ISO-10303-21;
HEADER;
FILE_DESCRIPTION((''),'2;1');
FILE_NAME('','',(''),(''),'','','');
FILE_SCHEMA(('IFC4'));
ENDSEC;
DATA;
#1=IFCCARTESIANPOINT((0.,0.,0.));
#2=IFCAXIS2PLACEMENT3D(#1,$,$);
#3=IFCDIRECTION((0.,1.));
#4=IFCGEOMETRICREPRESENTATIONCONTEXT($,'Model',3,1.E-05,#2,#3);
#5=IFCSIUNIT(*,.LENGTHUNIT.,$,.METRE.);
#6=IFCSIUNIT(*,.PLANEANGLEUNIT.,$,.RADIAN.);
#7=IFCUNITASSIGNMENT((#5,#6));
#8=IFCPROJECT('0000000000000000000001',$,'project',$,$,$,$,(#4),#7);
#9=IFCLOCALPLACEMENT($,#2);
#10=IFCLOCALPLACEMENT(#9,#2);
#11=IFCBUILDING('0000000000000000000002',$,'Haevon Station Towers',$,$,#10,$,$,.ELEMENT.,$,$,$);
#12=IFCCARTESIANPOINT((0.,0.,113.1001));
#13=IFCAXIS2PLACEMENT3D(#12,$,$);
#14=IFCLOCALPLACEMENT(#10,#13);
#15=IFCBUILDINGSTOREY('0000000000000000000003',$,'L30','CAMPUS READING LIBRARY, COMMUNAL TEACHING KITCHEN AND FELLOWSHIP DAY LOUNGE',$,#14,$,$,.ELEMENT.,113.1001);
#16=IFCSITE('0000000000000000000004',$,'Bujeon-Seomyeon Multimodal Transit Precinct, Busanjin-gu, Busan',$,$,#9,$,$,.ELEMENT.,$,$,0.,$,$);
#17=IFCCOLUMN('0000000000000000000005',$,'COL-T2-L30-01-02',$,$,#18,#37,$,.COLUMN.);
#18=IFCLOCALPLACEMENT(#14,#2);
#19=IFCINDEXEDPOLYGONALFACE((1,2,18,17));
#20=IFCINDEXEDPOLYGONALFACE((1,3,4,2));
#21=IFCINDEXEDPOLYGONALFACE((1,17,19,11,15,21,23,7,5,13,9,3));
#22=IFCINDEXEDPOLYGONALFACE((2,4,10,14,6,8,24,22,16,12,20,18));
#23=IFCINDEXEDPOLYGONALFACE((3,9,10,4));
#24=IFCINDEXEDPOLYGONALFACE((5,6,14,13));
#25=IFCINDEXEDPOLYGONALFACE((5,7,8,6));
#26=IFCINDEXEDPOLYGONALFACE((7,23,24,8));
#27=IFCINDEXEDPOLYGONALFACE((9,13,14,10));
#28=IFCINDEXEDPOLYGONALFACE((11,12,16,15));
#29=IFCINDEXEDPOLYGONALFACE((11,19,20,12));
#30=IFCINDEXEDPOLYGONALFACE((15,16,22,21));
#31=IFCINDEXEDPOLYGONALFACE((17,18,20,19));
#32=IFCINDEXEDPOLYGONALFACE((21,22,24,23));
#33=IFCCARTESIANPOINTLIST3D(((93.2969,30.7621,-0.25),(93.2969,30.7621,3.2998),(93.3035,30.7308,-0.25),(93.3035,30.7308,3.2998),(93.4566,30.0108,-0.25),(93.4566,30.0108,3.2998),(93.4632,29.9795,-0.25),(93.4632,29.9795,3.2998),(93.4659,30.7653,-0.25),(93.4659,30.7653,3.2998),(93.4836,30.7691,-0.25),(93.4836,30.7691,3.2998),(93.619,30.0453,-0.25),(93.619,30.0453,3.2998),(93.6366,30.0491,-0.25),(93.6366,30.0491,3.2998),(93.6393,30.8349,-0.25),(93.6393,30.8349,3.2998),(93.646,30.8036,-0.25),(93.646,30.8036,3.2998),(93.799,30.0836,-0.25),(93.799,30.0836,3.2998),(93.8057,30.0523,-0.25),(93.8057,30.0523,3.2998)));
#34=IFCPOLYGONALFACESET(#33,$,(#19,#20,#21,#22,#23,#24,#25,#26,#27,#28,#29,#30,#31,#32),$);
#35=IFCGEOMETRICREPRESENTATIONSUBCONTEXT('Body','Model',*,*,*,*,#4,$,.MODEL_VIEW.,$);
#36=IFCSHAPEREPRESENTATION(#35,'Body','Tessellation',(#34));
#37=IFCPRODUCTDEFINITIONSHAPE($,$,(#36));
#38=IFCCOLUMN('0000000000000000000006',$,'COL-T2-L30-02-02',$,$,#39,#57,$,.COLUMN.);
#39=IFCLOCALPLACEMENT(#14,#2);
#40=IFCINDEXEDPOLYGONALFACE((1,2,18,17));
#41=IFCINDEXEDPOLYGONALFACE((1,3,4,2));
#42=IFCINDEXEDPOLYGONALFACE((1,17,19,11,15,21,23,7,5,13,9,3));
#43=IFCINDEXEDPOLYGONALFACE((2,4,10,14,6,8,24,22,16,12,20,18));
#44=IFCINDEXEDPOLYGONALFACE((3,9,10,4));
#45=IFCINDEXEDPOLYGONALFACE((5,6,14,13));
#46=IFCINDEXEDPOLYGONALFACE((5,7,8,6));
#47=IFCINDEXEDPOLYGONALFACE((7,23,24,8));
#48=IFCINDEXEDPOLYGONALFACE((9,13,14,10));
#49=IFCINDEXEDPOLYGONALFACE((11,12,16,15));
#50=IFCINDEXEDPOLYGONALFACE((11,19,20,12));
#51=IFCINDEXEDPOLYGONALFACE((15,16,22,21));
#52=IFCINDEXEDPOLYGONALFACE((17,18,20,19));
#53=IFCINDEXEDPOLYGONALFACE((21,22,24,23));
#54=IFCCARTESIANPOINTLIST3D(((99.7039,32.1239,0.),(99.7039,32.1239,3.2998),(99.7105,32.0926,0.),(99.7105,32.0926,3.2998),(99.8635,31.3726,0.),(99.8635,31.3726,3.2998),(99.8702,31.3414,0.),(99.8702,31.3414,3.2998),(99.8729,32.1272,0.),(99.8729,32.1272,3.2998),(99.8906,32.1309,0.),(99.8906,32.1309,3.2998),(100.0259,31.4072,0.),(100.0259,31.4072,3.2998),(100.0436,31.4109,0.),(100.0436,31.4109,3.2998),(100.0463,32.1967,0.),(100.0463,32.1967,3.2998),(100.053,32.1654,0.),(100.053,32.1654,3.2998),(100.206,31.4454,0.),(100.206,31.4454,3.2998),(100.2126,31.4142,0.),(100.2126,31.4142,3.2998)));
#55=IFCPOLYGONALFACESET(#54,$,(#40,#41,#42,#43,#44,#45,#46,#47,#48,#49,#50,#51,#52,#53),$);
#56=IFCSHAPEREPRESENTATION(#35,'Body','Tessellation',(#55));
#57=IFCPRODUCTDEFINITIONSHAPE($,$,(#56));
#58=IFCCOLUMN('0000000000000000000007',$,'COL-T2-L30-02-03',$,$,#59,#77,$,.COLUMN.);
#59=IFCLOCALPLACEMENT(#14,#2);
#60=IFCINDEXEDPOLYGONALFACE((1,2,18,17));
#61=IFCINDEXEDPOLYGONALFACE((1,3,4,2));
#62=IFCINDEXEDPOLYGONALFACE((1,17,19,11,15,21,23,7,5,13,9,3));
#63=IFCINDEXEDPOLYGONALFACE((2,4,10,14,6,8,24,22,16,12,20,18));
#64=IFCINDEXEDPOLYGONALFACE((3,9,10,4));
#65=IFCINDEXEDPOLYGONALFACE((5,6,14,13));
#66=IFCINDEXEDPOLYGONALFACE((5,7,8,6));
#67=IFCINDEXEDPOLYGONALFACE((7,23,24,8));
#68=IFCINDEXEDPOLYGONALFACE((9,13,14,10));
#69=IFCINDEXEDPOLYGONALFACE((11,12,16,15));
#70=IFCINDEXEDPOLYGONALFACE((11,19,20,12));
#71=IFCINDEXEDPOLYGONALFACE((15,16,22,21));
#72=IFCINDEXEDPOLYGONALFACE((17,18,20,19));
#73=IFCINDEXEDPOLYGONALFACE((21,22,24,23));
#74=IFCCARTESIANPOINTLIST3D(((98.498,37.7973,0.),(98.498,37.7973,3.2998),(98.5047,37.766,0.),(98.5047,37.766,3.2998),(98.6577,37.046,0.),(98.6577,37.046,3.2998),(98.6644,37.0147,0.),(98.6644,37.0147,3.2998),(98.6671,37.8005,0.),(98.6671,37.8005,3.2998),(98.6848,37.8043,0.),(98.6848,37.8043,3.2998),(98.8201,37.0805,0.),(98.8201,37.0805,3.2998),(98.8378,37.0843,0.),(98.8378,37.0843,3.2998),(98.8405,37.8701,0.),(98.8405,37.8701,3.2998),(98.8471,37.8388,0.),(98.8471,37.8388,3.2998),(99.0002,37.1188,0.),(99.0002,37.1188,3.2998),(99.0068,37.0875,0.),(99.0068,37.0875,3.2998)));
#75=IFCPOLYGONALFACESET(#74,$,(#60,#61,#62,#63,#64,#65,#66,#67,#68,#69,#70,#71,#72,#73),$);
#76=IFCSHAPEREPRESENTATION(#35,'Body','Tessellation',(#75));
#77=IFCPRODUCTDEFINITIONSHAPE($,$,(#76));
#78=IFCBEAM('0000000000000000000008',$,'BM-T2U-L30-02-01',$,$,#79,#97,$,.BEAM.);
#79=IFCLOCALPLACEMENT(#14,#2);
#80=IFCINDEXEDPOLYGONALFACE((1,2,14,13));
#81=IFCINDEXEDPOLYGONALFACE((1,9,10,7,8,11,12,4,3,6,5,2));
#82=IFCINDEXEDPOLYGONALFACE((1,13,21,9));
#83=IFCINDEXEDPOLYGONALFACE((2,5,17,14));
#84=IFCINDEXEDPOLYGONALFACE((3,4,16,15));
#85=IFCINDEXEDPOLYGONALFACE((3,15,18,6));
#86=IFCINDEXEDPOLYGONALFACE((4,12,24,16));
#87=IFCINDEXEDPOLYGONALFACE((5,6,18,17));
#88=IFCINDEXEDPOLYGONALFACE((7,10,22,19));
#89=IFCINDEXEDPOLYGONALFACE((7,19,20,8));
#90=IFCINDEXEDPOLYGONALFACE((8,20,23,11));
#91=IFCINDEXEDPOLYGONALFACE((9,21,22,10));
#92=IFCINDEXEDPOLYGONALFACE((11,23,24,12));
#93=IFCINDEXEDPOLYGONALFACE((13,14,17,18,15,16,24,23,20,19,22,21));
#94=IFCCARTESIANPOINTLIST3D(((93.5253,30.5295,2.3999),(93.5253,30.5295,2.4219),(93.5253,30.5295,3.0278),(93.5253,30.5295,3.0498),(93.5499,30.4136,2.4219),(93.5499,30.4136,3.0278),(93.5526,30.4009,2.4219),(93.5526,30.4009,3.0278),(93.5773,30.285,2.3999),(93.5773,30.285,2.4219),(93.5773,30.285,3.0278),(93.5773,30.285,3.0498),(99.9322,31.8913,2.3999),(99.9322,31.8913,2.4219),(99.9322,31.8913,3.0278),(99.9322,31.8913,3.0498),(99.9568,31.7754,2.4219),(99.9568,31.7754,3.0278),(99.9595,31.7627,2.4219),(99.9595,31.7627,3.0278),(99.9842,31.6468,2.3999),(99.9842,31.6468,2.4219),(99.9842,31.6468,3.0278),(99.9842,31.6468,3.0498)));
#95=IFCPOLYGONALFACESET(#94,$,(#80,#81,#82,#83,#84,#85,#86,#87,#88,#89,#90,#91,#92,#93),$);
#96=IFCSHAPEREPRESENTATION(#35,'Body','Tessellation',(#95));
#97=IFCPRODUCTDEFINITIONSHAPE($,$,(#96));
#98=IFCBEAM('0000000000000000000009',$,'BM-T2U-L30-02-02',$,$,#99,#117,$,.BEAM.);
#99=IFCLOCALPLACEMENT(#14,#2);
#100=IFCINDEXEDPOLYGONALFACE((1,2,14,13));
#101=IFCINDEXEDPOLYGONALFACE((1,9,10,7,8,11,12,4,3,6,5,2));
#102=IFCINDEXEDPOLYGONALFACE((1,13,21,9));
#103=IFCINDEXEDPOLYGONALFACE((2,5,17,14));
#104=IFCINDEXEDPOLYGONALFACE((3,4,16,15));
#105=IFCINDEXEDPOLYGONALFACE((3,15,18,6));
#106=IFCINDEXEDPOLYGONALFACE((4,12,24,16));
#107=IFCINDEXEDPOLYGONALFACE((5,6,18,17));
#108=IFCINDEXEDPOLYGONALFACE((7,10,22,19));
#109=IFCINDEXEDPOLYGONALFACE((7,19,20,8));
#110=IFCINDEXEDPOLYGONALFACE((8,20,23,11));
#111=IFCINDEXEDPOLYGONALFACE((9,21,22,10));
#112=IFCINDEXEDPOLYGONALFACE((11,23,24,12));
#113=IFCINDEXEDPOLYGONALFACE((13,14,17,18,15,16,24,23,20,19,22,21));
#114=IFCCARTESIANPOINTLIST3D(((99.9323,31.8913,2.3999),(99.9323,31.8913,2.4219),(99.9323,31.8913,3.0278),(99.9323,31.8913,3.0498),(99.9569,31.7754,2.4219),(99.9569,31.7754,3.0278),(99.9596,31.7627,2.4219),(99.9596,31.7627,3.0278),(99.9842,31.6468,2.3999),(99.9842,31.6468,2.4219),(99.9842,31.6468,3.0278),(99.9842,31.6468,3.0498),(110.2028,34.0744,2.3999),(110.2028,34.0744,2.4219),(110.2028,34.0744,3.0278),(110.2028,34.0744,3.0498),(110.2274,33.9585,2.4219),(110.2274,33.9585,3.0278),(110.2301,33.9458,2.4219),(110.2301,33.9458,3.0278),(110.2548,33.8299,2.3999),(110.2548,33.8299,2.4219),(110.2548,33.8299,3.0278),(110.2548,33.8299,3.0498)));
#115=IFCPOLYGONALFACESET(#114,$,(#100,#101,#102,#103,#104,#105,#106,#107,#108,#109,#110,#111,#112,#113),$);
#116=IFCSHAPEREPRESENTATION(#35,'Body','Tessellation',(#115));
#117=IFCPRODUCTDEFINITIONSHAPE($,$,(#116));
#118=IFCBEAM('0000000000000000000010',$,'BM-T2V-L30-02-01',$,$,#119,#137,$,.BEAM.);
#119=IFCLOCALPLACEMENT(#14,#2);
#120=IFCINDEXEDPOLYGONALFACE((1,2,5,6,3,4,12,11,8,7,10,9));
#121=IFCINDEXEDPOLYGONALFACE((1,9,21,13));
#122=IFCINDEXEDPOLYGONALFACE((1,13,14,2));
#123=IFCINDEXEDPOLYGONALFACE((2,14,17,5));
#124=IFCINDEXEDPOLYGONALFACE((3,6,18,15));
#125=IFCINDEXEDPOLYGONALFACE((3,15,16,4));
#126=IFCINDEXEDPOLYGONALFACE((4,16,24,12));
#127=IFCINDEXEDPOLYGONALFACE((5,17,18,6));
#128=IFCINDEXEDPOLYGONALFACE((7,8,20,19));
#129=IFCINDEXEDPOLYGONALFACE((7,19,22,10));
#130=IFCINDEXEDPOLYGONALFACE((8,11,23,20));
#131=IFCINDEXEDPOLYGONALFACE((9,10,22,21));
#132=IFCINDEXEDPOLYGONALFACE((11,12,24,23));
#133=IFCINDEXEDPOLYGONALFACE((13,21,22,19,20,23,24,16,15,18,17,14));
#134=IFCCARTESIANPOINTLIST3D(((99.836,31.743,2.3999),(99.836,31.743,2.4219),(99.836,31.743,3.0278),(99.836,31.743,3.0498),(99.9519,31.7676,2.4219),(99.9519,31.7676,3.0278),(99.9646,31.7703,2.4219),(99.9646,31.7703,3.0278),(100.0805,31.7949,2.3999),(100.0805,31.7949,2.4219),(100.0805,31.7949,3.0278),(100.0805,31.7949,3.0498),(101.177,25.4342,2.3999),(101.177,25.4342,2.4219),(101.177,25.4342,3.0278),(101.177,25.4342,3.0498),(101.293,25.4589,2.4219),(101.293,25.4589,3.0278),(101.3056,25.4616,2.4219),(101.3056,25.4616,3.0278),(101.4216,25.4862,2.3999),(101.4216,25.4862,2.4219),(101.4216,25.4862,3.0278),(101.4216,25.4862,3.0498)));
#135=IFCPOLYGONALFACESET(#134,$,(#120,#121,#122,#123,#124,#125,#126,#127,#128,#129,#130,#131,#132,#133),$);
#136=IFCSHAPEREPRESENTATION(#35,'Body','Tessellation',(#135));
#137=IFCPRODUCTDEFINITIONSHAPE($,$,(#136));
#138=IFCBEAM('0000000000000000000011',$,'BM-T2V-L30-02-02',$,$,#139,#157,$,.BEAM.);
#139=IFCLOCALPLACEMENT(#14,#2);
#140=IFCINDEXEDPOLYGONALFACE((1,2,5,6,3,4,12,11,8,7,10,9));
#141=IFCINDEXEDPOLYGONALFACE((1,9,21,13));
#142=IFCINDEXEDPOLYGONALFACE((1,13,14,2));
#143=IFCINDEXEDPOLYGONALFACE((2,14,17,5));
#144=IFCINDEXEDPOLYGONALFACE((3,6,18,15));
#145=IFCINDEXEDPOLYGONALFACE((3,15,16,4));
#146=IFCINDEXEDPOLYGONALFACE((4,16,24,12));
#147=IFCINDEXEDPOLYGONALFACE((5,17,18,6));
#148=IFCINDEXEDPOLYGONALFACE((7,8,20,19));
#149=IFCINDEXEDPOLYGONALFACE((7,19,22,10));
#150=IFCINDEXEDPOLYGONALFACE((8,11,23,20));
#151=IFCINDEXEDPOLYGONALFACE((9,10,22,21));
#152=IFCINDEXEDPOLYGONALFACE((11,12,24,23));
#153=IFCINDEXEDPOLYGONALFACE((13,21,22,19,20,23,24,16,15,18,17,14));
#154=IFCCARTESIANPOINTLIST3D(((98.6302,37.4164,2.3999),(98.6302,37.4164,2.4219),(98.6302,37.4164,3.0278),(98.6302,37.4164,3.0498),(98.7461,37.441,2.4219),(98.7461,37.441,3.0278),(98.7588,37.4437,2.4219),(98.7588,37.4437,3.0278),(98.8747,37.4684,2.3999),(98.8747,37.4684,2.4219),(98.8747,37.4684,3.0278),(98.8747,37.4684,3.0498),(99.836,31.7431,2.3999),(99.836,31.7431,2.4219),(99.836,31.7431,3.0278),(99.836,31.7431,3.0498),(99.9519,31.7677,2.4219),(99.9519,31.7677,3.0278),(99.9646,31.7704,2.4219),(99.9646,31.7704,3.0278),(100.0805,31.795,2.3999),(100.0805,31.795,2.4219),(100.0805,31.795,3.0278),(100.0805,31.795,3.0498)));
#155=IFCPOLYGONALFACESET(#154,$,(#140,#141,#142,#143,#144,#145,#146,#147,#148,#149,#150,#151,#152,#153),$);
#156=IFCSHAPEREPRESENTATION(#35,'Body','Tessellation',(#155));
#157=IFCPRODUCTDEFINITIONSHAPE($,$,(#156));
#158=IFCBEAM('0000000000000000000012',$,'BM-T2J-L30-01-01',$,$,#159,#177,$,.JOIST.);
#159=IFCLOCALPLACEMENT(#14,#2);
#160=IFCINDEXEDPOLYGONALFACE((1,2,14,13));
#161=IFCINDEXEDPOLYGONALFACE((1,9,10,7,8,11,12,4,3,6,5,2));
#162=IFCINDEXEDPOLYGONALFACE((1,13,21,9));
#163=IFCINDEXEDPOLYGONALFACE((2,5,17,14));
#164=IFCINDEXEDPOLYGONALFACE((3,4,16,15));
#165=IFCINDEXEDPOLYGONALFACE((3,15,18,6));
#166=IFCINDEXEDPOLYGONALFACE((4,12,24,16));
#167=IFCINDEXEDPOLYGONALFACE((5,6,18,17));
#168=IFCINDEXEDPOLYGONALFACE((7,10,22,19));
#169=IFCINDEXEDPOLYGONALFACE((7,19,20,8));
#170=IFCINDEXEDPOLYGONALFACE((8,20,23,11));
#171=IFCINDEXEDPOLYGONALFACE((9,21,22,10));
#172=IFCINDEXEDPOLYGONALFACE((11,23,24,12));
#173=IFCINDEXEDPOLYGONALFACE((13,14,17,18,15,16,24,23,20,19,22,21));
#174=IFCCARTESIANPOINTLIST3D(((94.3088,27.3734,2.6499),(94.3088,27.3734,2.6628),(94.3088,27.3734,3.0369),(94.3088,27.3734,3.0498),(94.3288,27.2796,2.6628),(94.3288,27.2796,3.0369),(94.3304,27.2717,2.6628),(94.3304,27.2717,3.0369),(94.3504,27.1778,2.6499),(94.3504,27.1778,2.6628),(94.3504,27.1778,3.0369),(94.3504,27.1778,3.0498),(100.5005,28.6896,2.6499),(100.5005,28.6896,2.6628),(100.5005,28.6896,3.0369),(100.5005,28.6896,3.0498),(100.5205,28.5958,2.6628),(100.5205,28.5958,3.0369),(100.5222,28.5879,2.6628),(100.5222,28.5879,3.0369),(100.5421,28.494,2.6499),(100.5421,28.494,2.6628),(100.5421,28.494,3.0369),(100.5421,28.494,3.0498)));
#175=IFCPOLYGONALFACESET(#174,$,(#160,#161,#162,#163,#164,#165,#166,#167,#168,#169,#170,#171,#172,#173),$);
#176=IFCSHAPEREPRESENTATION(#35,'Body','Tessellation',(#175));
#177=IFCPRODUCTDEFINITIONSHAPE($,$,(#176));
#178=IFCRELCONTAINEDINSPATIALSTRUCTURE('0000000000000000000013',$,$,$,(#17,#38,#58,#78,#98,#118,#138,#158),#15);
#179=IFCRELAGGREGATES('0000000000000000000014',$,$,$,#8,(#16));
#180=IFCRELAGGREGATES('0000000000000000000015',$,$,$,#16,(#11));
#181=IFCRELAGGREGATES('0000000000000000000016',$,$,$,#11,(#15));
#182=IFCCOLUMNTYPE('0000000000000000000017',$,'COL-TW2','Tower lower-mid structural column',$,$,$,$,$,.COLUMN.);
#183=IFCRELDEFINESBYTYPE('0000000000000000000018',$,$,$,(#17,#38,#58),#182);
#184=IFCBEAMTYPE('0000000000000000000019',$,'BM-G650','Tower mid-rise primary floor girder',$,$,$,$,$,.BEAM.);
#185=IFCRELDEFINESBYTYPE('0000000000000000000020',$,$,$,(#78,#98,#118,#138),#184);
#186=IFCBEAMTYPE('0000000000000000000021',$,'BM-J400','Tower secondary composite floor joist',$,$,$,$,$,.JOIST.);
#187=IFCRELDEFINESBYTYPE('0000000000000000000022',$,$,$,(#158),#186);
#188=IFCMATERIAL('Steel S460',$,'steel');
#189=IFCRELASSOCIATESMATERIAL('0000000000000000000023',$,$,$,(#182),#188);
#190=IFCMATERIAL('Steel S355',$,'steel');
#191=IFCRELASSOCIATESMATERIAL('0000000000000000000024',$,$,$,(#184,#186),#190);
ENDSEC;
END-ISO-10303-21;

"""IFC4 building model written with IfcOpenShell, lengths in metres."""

from ifc_helpers import new_model, si_unit, direction, frame, origin, origin_2d, place, context, subcontext, project, spatial, i_section, extrude, material, material_profile, profile_set, type_object, element, save


model = new_model("IFC4")

# Units and contexts
model_context = context("Model", 3, precision=1e-05, world=origin(), true_north=direction((0.0, 1.0)))
body_context = subcontext(model_context, "Body", "Model", "MODEL_VIEW")
ifc_project = project(units=[si_unit("LENGTHUNIT", "METRE"), si_unit("PLANEANGLEUNIT", "RADIAN")], contexts=[model_context])

# Site, building, storey
site_placement = place(None, origin())
site = spatial("IfcSite", under=ifc_project, at=site_placement, Name="Bujeon-Seomyeon Multimodal Transit Precinct, Busanjin-gu, Busan", CompositionType="ELEMENT", RefElevation=0.0)
building_placement = place(site_placement, origin())
building = spatial("IfcBuilding", under=site, at=building_placement, Name="Haevon Station Towers", CompositionType="ELEMENT")
storey_placement = place(building_placement, frame((0.0, 0.0, 113.1001)))
storey = spatial("IfcBuildingStorey", under=building, at=storey_placement, Name="L30", Description="CAMPUS READING LIBRARY, COMMUNAL TEACHING KITCHEN AND FELLOWSHIP DAY LOUNGE", CompositionType="ELEMENT", Elevation=113.1001)

# Columns
ifc_material_1 = material(Name="Steel S460", Category="steel")
ifc_material_profile_1 = material_profile(ifc_material_1, i_section(OverallWidth=0.3501, OverallDepth=0.8, WebThickness=0.0181, FlangeThickness=0.032, at=origin_2d()), Name="H-800x350x18x32")
ifc_profile_set_1 = profile_set([ifc_material_profile_1], Name="Steel S460")
column_type = type_object("IfcColumnType", Name="COL-TW2", Description="Tower lower-mid structural column", PredefinedType="COLUMN", material=ifc_profile_set_1)
column_placement = place(storey_placement, frame((93.5513, 30.4072, -0.25), z_axis=(0.0, 0.0, 1.0), x_axis=(0.978148, 0.207912, 0.0)))
element("IfcColumn", 1, at=column_placement, inside=storey, type_object=column_type, Name="COL-T2-L30-01-02", PredefinedType="COLUMN", context=body_context, shape_type="SweptSolid", body=[
    extrude(i_section(OverallWidth=0.3501, OverallDepth=0.8, WebThickness=0.0181, FlangeThickness=0.032, at=origin_2d()), origin(), (0.0, 0.0, 1.0), 3.5498),
])
for number, where, z_axis, x_axis, name in (
    (2, (99.9583, 31.769, 0.0), (0.0, 0.0, 1.0), (0.978148, 0.207912, 0.0), "COL-T2-L30-02-02"),
    (3, (98.7524, 37.4424, 0.0), (0.0, 0.0, 1.0), (0.978148, 0.207912, 0.0), "COL-T2-L30-02-03"),
):
    element("IfcColumn", number, at=place(storey_placement, frame(where, z_axis=z_axis, x_axis=x_axis)), inside=storey, type_object=column_type, Name=name, PredefinedType="COLUMN", context=body_context, shape_type="SweptSolid", body=[
        extrude(i_section(OverallWidth=0.3501, OverallDepth=0.8, WebThickness=0.0181, FlangeThickness=0.032, at=origin_2d()), origin(), (0.0, 0.0, 1.0), 3.2998),
    ])

# Beams
ifc_material_2 = material(Name="Steel S355", Category="steel")
ifc_material_profile_2 = material_profile(ifc_material_2, i_section(OverallWidth=0.25, OverallDepth=0.6499, WebThickness=0.0129, FlangeThickness=0.022, at=origin_2d()), Name="H-650x250x13x22")
ifc_profile_set_2 = profile_set([ifc_material_profile_2], Name="Steel S355")
beam_type_1 = type_object("IfcBeamType", Name="BM-G650", Description="Tower mid-rise primary floor girder", PredefinedType="BEAM", material=ifc_profile_set_2)
beam_1_placement = place(storey_placement, frame((93.5513, 30.4072, 2.7249), z_axis=(0.978149, 0.207907, 0.0), x_axis=(-0.207907, 0.978149, 0.0)))
element("IfcBeam", 4, at=beam_1_placement, inside=storey, type_object=beam_type_1, Name="BM-T2U-L30-02-01", PredefinedType="BEAM", context=body_context, shape_type="SweptSolid", body=[
    extrude(i_section(OverallWidth=0.25, OverallDepth=0.6499, WebThickness=0.0129, FlangeThickness=0.022, at=origin_2d()), origin(), (0.0, 0.0, 1.0), 6.55),
])
beam_2_placement = place(storey_placement, frame((99.9583, 31.769, 2.7249), z_axis=(0.978147, 0.207915, 0.0), x_axis=(-0.207915, 0.978147, 0.0)))
element("IfcBeam", 5, at=beam_2_placement, inside=storey, type_object=beam_type_1, Name="BM-T2U-L30-02-02", PredefinedType="BEAM", context=body_context, shape_type="SweptSolid", body=[
    extrude(i_section(OverallWidth=0.25, OverallDepth=0.6499, WebThickness=0.0129, FlangeThickness=0.022, at=origin_2d()), origin(), (0.0, 0.0, 1.0), 10.5),
])
beam_3_placement = place(storey_placement, frame((101.2993, 25.4602, 2.7249), z_axis=(-0.207923, 0.978145, 0.0), x_axis=(-0.978145, -0.207923, 0.0)))
element("IfcBeam", 6, at=beam_3_placement, inside=storey, type_object=beam_type_1, Name="BM-T2V-L30-02-01", PredefinedType="BEAM", context=body_context, shape_type="SweptSolid", body=[
    extrude(i_section(OverallWidth=0.25, OverallDepth=0.6499, WebThickness=0.0129, FlangeThickness=0.022, at=origin_2d()), origin(), (0.0, 0.0, 1.0), 6.4497),
])
beam_4_placement = place(storey_placement, frame((99.9583, 31.769, 2.7249), z_axis=(-0.207896, 0.978151, 0.0), x_axis=(-0.978151, -0.207896, 0.0)))
element("IfcBeam", 7, at=beam_4_placement, inside=storey, type_object=beam_type_1, Name="BM-T2V-L30-02-02", PredefinedType="BEAM", context=body_context, shape_type="SweptSolid", body=[
    extrude(i_section(OverallWidth=0.25, OverallDepth=0.6499, WebThickness=0.0129, FlangeThickness=0.022, at=origin_2d()), origin(), (0.0, 0.0, 1.0), 5.8),
])
ifc_material_profile_3 = material_profile(ifc_material_2, i_section(OverallWidth=0.2, OverallDepth=0.3999, WebThickness=0.0081, FlangeThickness=0.0129, at=origin_2d()), Name="H-400x200x8x13")
ifc_profile_set_3 = profile_set([ifc_material_profile_3], Name="Steel S355")
beam_type_2 = type_object("IfcBeamType", Name="BM-J400", Description="Tower secondary composite floor joist", PredefinedType="JOIST", material=ifc_profile_set_3)
beam_5_placement = place(storey_placement, frame((94.3296, 27.2756, 2.8499), z_axis=(0.978145, 0.207925, 0.0), x_axis=(-0.207925, 0.978145, 0.0)))
element("IfcBeam", 8, at=beam_5_placement, inside=storey, type_object=beam_type_2, Name="BM-T2J-L30-01-01", PredefinedType="JOIST", context=body_context, shape_type="SweptSolid", body=[
    extrude(i_section(OverallWidth=0.2, OverallDepth=0.3999, WebThickness=0.0081, FlangeThickness=0.0129, at=origin_2d()), origin(), (0.0, 0.0, 1.0), 6.3301),
])

save(model, "model.ifc")
